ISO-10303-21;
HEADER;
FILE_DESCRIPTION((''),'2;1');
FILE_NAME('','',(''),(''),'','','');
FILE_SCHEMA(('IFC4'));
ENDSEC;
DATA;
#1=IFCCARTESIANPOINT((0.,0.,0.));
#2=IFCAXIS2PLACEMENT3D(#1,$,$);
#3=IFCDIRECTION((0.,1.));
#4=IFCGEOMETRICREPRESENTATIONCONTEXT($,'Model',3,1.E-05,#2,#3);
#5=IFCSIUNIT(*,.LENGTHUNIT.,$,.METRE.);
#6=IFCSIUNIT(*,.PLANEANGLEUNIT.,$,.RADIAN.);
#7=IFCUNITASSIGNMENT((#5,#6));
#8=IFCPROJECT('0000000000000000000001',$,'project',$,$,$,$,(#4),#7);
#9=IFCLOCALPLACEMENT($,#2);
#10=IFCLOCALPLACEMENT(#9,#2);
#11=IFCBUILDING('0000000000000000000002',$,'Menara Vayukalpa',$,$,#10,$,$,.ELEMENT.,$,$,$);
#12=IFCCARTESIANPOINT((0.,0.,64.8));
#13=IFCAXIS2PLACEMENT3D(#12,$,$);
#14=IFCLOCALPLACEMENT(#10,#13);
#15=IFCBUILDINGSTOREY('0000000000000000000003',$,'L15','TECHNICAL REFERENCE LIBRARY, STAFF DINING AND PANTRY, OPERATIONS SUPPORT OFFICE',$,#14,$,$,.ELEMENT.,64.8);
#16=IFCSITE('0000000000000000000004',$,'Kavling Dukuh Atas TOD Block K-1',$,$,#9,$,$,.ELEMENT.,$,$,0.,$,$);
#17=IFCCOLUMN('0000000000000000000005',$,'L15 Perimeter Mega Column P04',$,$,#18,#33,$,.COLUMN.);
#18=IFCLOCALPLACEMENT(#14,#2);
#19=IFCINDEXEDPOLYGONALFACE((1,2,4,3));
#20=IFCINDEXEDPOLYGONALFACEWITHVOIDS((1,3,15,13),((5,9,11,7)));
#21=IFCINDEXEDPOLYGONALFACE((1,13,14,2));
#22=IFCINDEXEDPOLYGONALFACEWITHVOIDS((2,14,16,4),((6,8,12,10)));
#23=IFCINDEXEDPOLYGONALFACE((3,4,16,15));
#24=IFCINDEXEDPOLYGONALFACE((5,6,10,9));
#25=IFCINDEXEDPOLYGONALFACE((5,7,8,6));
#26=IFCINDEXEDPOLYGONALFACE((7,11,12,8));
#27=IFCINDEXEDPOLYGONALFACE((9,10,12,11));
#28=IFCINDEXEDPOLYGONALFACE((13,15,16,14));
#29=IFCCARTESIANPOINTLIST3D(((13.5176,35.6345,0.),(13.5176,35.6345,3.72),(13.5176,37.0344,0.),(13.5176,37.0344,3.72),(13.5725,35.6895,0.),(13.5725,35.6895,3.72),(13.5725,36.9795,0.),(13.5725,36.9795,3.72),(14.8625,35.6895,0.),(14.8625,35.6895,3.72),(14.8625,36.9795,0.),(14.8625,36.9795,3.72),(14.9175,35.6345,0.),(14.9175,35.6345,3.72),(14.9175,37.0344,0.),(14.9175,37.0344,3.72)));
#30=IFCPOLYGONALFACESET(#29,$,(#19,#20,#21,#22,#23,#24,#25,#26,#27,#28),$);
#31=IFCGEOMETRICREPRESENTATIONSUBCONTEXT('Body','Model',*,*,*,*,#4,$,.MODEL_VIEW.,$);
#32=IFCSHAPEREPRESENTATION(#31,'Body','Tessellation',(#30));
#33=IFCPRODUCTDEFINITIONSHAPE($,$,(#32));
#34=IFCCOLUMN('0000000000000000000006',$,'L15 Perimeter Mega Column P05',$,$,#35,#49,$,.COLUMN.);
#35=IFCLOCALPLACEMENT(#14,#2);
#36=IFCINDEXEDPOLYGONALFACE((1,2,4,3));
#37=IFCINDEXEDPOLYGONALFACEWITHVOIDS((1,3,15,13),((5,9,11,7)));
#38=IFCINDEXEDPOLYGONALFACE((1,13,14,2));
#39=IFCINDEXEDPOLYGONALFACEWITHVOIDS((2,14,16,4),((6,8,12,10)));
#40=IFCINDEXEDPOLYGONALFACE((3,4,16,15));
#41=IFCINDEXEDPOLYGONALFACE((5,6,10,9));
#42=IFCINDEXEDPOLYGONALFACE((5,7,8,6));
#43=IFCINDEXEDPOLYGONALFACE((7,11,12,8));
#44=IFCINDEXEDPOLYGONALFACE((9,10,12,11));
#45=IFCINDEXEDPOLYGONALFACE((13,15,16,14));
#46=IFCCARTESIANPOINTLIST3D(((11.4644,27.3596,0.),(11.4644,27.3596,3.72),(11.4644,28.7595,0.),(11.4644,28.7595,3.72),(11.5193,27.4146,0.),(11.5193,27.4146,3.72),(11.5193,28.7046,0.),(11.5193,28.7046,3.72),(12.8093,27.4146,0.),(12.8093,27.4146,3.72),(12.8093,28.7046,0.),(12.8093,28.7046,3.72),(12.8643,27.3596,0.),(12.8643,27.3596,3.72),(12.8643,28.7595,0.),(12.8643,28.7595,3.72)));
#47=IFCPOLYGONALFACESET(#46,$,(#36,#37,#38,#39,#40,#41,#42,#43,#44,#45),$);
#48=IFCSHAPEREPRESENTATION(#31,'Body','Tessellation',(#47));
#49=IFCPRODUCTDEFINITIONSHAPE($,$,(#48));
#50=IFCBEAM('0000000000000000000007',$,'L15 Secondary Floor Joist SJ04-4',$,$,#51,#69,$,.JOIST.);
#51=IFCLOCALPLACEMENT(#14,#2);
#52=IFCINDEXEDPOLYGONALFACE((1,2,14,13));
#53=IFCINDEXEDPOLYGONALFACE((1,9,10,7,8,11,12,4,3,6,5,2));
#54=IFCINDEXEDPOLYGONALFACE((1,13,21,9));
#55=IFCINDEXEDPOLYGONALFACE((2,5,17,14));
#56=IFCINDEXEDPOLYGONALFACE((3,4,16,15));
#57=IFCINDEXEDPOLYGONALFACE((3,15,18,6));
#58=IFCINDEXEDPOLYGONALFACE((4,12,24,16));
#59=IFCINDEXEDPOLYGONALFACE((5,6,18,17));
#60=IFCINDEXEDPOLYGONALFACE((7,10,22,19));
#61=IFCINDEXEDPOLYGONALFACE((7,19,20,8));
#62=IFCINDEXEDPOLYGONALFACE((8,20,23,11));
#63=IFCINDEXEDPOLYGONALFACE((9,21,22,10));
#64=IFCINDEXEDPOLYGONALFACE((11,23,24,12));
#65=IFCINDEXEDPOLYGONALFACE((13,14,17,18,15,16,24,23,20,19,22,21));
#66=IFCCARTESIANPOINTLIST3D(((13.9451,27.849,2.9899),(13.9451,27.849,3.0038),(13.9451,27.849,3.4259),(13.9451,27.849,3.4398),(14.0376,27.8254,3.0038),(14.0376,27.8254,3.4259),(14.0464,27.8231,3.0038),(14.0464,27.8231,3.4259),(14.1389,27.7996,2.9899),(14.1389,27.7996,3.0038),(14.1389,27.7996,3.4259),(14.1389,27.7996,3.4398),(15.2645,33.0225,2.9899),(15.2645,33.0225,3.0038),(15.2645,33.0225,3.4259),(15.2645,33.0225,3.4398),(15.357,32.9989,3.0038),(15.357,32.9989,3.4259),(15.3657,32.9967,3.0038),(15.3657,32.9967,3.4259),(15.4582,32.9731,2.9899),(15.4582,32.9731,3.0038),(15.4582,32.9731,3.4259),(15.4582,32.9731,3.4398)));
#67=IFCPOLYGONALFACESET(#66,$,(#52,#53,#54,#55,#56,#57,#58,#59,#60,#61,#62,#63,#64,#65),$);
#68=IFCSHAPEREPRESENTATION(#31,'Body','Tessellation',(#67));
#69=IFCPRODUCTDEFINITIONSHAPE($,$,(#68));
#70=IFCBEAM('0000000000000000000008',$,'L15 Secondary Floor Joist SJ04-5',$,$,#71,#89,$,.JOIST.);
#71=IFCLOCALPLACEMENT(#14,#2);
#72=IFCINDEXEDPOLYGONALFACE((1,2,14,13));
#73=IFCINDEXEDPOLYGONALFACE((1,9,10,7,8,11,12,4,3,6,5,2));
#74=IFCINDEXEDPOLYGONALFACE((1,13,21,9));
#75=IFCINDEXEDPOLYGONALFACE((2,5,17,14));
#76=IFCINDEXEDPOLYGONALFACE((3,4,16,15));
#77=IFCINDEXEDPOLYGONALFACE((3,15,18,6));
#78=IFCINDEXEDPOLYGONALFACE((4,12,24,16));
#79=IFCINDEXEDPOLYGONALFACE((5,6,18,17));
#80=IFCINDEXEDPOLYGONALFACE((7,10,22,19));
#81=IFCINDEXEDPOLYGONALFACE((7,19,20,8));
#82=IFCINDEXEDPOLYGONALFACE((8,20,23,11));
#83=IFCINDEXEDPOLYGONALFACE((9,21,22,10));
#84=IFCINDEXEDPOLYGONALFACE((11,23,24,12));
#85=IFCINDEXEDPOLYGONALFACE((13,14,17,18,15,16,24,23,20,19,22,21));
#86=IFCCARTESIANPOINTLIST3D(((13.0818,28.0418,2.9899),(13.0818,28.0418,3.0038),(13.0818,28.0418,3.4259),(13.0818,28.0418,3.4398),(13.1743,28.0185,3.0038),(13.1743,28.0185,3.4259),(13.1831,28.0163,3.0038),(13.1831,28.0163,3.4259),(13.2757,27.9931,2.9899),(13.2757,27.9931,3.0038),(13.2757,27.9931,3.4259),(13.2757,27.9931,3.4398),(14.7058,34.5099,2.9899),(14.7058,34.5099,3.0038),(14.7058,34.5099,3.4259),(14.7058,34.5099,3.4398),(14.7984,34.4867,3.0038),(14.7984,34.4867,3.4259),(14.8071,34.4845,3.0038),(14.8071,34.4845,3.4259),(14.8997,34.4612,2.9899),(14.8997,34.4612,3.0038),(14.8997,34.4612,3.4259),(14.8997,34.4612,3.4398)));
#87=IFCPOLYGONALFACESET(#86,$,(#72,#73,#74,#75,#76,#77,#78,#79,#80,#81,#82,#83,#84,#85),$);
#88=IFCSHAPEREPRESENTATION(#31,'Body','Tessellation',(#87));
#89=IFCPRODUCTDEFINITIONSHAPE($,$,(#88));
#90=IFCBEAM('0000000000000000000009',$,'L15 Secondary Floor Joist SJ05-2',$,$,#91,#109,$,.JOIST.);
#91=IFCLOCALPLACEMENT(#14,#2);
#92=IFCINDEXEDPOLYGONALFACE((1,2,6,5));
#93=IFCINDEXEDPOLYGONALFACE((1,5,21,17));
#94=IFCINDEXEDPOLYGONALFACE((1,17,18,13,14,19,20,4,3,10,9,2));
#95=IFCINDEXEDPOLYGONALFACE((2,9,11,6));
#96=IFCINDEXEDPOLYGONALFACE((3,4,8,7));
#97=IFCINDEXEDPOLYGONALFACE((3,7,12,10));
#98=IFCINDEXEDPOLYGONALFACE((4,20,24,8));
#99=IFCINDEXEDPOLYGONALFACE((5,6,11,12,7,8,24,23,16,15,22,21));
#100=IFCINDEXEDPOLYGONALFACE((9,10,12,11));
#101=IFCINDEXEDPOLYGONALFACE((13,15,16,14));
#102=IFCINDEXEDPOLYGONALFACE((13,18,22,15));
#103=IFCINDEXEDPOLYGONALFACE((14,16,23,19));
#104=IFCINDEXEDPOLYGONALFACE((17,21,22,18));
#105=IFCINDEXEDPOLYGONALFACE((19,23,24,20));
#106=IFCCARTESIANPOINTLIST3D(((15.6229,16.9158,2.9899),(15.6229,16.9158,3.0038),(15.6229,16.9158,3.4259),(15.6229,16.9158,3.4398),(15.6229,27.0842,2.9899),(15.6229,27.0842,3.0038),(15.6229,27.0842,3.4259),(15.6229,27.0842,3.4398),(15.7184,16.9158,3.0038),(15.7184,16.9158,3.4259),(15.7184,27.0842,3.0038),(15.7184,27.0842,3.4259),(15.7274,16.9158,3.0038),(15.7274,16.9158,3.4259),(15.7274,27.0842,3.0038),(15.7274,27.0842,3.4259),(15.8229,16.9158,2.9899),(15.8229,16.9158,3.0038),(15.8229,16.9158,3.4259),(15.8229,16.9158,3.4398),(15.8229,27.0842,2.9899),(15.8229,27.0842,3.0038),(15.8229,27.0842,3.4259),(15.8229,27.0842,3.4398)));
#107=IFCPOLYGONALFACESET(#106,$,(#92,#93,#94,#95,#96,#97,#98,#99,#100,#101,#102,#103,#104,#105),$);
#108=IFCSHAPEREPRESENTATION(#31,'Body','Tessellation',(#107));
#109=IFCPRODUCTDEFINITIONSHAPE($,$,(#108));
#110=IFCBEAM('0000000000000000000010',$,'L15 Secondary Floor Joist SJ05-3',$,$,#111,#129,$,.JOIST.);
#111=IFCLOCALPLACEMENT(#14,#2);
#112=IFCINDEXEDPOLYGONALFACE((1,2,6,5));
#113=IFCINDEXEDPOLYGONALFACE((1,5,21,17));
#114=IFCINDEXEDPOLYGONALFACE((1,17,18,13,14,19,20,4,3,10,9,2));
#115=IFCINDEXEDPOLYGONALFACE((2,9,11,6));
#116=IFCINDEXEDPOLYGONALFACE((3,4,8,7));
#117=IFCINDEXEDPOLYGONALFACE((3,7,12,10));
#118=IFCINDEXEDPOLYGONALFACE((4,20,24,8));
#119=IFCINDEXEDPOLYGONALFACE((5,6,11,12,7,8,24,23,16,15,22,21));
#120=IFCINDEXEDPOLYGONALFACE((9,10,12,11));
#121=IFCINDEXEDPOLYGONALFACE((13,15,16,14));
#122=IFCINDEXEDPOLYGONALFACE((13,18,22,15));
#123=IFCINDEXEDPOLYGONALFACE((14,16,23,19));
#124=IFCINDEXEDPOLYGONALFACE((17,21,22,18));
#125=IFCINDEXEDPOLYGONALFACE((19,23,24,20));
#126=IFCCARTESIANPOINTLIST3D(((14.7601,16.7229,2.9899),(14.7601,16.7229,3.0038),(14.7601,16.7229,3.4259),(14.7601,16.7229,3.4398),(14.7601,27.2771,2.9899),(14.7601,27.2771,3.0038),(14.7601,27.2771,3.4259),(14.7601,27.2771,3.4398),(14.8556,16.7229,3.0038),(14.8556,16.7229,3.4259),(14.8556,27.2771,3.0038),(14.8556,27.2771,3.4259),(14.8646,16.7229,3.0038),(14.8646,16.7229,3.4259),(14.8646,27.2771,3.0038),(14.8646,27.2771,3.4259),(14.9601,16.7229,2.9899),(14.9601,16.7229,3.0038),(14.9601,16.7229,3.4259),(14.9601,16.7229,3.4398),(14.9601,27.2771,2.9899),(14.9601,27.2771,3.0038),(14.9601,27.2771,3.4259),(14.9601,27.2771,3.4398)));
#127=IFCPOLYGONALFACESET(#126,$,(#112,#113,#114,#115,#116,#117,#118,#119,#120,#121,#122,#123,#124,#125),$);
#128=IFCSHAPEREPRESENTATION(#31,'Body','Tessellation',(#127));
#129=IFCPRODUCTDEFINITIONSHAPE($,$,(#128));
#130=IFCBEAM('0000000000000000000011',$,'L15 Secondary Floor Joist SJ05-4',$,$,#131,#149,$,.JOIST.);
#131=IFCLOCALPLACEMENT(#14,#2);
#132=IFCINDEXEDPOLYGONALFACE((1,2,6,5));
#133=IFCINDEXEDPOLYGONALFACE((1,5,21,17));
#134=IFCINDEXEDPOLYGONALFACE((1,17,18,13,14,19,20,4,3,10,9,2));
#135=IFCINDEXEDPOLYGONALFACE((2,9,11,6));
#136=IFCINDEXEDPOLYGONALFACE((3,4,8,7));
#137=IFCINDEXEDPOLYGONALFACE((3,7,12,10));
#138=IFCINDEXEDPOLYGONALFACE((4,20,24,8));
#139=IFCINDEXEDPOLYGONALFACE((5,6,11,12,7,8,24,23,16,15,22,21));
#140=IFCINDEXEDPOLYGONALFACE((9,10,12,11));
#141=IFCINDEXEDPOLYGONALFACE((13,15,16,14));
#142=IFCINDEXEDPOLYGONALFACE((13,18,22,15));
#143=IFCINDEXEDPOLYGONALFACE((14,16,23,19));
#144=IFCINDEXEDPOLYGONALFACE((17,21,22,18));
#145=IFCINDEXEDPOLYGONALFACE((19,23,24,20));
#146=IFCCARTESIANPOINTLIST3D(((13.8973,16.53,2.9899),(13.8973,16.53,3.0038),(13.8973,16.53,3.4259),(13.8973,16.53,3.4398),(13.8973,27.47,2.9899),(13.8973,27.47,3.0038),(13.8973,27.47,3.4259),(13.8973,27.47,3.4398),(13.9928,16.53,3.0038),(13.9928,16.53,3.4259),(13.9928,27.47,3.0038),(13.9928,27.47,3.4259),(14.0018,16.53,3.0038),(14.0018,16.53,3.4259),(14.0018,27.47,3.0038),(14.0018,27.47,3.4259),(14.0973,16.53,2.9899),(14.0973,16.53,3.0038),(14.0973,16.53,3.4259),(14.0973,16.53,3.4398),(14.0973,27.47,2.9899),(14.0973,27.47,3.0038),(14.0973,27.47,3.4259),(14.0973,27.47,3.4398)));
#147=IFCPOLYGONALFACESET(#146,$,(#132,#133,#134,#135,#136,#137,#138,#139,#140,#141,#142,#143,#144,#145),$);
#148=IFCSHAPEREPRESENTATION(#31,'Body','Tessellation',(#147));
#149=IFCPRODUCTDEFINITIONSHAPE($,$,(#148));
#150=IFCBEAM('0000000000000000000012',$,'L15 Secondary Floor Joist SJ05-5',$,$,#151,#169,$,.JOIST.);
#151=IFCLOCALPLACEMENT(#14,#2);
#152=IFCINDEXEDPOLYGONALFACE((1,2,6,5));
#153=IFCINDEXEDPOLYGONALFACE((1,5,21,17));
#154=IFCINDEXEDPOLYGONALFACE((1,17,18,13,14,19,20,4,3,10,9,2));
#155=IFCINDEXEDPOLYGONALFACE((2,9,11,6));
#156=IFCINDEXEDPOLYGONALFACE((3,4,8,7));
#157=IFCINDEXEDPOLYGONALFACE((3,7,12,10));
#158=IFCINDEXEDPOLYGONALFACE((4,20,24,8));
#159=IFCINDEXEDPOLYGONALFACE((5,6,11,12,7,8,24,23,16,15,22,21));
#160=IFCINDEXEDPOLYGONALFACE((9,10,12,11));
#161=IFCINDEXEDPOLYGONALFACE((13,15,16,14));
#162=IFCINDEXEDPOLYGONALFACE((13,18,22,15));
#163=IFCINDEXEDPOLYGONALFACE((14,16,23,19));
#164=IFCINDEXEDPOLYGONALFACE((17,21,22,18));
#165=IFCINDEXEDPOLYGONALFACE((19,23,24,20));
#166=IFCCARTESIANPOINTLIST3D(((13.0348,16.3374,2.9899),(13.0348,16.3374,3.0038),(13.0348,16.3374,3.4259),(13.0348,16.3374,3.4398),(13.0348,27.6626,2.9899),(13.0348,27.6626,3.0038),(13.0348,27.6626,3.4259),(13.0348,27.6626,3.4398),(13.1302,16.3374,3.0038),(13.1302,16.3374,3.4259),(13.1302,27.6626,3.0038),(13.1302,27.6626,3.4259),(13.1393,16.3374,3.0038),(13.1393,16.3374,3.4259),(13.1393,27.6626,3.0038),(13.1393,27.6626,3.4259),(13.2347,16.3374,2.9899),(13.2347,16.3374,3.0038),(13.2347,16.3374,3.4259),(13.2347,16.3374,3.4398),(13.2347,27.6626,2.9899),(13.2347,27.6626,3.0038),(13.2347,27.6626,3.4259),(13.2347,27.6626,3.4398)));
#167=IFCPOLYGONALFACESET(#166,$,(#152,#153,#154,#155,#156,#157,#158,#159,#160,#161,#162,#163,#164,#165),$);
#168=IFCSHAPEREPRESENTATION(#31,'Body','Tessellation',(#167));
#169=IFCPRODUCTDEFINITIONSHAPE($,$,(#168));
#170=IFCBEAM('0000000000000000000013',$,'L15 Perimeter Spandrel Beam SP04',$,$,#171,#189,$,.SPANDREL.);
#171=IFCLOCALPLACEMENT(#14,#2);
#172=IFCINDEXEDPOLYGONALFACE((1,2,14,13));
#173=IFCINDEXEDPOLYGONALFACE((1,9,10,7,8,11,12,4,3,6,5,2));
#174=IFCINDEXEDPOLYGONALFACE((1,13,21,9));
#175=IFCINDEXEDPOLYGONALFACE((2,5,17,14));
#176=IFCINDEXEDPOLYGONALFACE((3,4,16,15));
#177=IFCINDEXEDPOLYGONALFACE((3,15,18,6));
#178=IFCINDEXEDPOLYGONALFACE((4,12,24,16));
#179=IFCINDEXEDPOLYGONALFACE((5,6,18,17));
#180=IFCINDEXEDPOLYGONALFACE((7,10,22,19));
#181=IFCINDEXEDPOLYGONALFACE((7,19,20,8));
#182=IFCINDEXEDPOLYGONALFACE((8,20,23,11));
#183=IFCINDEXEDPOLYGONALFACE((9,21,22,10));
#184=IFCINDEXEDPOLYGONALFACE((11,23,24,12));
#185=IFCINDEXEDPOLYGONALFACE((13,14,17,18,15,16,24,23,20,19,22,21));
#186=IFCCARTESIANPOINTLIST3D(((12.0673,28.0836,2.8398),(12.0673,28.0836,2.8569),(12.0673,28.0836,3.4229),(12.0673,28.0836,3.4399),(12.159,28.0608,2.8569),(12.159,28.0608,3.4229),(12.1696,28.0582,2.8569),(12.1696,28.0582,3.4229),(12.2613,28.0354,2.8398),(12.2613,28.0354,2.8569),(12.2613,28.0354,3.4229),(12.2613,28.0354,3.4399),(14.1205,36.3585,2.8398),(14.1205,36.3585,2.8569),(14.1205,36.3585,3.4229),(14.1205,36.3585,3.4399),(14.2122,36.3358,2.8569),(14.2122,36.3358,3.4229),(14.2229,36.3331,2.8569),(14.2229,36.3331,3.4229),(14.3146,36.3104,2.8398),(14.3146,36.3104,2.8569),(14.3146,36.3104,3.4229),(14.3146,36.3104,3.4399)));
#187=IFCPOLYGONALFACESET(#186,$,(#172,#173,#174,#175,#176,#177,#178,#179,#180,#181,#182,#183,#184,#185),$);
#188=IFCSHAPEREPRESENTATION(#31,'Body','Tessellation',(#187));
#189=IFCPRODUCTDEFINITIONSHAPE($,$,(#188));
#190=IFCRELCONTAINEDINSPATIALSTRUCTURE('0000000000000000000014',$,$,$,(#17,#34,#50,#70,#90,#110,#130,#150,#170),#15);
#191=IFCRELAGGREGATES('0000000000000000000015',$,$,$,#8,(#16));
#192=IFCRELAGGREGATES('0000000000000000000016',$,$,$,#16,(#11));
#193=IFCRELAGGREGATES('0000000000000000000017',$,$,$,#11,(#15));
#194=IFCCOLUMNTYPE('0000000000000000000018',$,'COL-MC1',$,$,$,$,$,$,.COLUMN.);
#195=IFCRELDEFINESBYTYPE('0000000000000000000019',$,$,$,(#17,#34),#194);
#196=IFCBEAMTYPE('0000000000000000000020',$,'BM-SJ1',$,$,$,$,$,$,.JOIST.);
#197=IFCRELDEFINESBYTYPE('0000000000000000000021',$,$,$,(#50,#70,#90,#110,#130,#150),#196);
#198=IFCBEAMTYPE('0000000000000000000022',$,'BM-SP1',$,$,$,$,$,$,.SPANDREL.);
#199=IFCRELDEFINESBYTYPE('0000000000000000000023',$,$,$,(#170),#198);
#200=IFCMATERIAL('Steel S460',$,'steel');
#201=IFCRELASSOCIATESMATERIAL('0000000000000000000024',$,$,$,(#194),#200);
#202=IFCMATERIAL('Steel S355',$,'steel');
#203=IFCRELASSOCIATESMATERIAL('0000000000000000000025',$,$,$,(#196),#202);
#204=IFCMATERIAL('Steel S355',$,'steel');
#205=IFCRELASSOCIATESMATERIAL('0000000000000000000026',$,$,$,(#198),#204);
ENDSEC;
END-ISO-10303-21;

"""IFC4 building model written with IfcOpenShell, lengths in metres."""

from ifc_helpers import new_model, si_unit, direction, frame, origin, origin_2d, place, context, subcontext, project, spatial, hollow_rectangle, i_section, extrude, material, material_profile, profile_set, type_object, element, save


model = new_model("IFC4")

# Units and contexts
model_context = context("Model", 3, precision=1e-05, world=origin(), true_north=direction((0.0, 1.0)))
body_context = subcontext(model_context, "Body", "Model", "MODEL_VIEW")
ifc_project = project(units=[si_unit("LENGTHUNIT", "METRE"), si_unit("PLANEANGLEUNIT", "RADIAN")], contexts=[model_context])

# Site, building, storey
site_placement = place(None, origin())
site = spatial("IfcSite", under=ifc_project, at=site_placement, Name="Kavling Dukuh Atas TOD Block K-1", CompositionType="ELEMENT", RefElevation=0.0)
building_placement = place(site_placement, origin())
building = spatial("IfcBuilding", under=site, at=building_placement, Name="Menara Vayukalpa", CompositionType="ELEMENT")
storey_placement = place(building_placement, frame((0.0, 0.0, 64.8)))
storey = spatial("IfcBuildingStorey", under=building, at=storey_placement, Name="L15", Description="TECHNICAL REFERENCE LIBRARY, STAFF DINING AND PANTRY, OPERATIONS SUPPORT OFFICE", CompositionType="ELEMENT", Elevation=64.8)

# Columns
ifc_material_1 = material(Name="Steel S460", Category="steel")
ifc_material_profile_1 = material_profile(ifc_material_1, hollow_rectangle(XDim=1.3999, YDim=1.3999, WallThickness=0.0549, at=origin_2d()), Name="BOX 1400x1400x55")
ifc_profile_set_1 = profile_set([ifc_material_profile_1], Name="Steel S460")
column_type = type_object("IfcColumnType", Name="COL-MC1", PredefinedType="COLUMN", material=ifc_profile_set_1)
for number, where, z_axis, x_axis, name in (
    (1, (14.2175, 36.3345, 0.0), (0.0, 0.0, 1.0), (1.0, 0.0, 0.0), "L15 Perimeter Mega Column P04"),
    (2, (12.1643, 28.0596, 0.0), (0.0, 0.0, 1.0), (1.0, 0.0, 0.0), "L15 Perimeter Mega Column P05"),
):
    element("IfcColumn", number, at=place(storey_placement, frame(where, z_axis=z_axis, x_axis=x_axis)), inside=storey, type_object=column_type, Name=name, PredefinedType="COLUMN", context=body_context, shape_type="SweptSolid", body=[
        extrude(hollow_rectangle(XDim=1.3999, YDim=1.3999, WallThickness=0.0549, at=origin_2d()), origin(), (0.0, 0.0, 1.0), 3.72),
    ])

# Beams
ifc_material_2 = material(Name="Steel S355", Category="steel")
ifc_material_profile_2 = material_profile(ifc_material_2, i_section(OverallWidth=0.2, OverallDepth=0.45, WebThickness=0.009, FlangeThickness=0.0139, at=origin_2d()), Name="WF 450x200x9x14")
ifc_profile_set_2 = profile_set([ifc_material_profile_2], Name="Steel S355")
beam_type_1 = type_object("IfcBeamType", Name="BM-SJ1", PredefinedType="JOIST", material=ifc_profile_set_2)
beam_1_placement = place(storey_placement, frame((15.3613, 32.9978, 3.2148), z_axis=(-0.247106, -0.968989, 0.0), x_axis=(0.968989, -0.247106, 0.0)))
element("IfcBeam", 3, at=beam_1_placement, inside=storey, type_object=beam_type_1, Name="L15 Secondary Floor Joist SJ04-4", PredefinedType="JOIST", context=body_context, shape_type="SweptSolid", body=[
    extrude(i_section(OverallWidth=0.2, OverallDepth=0.45, WebThickness=0.009, FlangeThickness=0.0139, at=origin_2d()), origin(), (0.0, 0.0, 1.0), 5.3391),
])
beam_2_placement = place(storey_placement, frame((14.8027, 34.4856, 3.2148), z_axis=(-0.243517, -0.969897, 0.0), x_axis=(0.969897, -0.243517, 0.0)))
element("IfcBeam", 4, at=beam_2_placement, inside=storey, type_object=beam_type_1, Name="L15 Secondary Floor Joist SJ04-5", PredefinedType="JOIST", context=body_context, shape_type="SweptSolid", body=[
    extrude(i_section(OverallWidth=0.2, OverallDepth=0.45, WebThickness=0.009, FlangeThickness=0.0139, at=origin_2d()), origin(), (0.0, 0.0, 1.0), 6.6689),
])
beam_3_placement = place(storey_placement, frame((15.7229, 27.0842, 3.2148), z_axis=(0.0, -1.0, 0.0), x_axis=(1.0, 0.0, 0.0)))
element("IfcBeam", 5, at=beam_3_placement, inside=storey, type_object=beam_type_1, Name="L15 Secondary Floor Joist SJ05-2", PredefinedType="JOIST", context=body_context, shape_type="SweptSolid", body=[
    extrude(i_section(OverallWidth=0.2, OverallDepth=0.45, WebThickness=0.009, FlangeThickness=0.0139, at=origin_2d()), origin(), (0.0, 0.0, 1.0), 10.1685),
])
beam_4_placement = place(storey_placement, frame((14.8601, 27.2771, 3.2148), z_axis=(0.0, -1.0, 0.0), x_axis=(1.0, 0.0, 0.0)))
element("IfcBeam", 6, at=beam_4_placement, inside=storey, type_object=beam_type_1, Name="L15 Secondary Floor Joist SJ05-3", PredefinedType="JOIST", context=body_context, shape_type="SweptSolid", body=[
    extrude(i_section(OverallWidth=0.2, OverallDepth=0.45, WebThickness=0.009, FlangeThickness=0.0139, at=origin_2d()), origin(), (0.0, 0.0, 1.0), 10.5542),
])
beam_5_placement = place(storey_placement, frame((13.9973, 27.47, 3.2148), z_axis=(0.0, -1.0, 0.0), x_axis=(1.0, 0.0, 0.0)))
element("IfcBeam", 7, at=beam_5_placement, inside=storey, type_object=beam_type_1, Name="L15 Secondary Floor Joist SJ05-4", PredefinedType="JOIST", context=body_context, shape_type="SweptSolid", body=[
    extrude(i_section(OverallWidth=0.2, OverallDepth=0.45, WebThickness=0.009, FlangeThickness=0.0139, at=origin_2d()), origin(), (0.0, 0.0, 1.0), 10.9399),
])
beam_6_placement = place(storey_placement, frame((13.1348, 27.6626, 3.2148), z_axis=(0.0, -1.0, 0.0), x_axis=(1.0, 0.0, 0.0)))
element("IfcBeam", 8, at=beam_6_placement, inside=storey, type_object=beam_type_1, Name="L15 Secondary Floor Joist SJ05-5", PredefinedType="JOIST", context=body_context, shape_type="SweptSolid", body=[
    extrude(i_section(OverallWidth=0.2, OverallDepth=0.45, WebThickness=0.009, FlangeThickness=0.0139, at=origin_2d()), origin(), (0.0, 0.0, 1.0), 11.3252),
])
ifc_material_3 = material(Name="Steel S355", Category="steel")
ifc_material_profile_3 = material_profile(ifc_material_3, i_section(OverallWidth=0.2, OverallDepth=0.6001, WebThickness=0.011, FlangeThickness=0.0171, at=origin_2d()), Name="WF 600x200x11x17")
ifc_profile_set_3 = profile_set([ifc_material_profile_3], Name="Steel S355")
beam_type_2 = type_object("IfcBeamType", Name="BM-SP1", PredefinedType="SPANDREL", material=ifc_profile_set_3)
beam_7_placement = place(storey_placement, frame((14.2175, 36.3345, 3.1399), z_axis=(-0.240824, -0.970569, 0.0), x_axis=(0.970569, -0.240824, 0.0)))
element("IfcBeam", 9, at=beam_7_placement, inside=storey, type_object=beam_type_2, Name="L15 Perimeter Spandrel Beam SP04", PredefinedType="SPANDREL", context=body_context, shape_type="SweptSolid", body=[
    extrude(i_section(OverallWidth=0.2, OverallDepth=0.6001, WebThickness=0.011, FlangeThickness=0.0171, at=origin_2d()), origin(), (0.0, 0.0, 1.0), 8.5259),
])

save(model, "model.ifc")
